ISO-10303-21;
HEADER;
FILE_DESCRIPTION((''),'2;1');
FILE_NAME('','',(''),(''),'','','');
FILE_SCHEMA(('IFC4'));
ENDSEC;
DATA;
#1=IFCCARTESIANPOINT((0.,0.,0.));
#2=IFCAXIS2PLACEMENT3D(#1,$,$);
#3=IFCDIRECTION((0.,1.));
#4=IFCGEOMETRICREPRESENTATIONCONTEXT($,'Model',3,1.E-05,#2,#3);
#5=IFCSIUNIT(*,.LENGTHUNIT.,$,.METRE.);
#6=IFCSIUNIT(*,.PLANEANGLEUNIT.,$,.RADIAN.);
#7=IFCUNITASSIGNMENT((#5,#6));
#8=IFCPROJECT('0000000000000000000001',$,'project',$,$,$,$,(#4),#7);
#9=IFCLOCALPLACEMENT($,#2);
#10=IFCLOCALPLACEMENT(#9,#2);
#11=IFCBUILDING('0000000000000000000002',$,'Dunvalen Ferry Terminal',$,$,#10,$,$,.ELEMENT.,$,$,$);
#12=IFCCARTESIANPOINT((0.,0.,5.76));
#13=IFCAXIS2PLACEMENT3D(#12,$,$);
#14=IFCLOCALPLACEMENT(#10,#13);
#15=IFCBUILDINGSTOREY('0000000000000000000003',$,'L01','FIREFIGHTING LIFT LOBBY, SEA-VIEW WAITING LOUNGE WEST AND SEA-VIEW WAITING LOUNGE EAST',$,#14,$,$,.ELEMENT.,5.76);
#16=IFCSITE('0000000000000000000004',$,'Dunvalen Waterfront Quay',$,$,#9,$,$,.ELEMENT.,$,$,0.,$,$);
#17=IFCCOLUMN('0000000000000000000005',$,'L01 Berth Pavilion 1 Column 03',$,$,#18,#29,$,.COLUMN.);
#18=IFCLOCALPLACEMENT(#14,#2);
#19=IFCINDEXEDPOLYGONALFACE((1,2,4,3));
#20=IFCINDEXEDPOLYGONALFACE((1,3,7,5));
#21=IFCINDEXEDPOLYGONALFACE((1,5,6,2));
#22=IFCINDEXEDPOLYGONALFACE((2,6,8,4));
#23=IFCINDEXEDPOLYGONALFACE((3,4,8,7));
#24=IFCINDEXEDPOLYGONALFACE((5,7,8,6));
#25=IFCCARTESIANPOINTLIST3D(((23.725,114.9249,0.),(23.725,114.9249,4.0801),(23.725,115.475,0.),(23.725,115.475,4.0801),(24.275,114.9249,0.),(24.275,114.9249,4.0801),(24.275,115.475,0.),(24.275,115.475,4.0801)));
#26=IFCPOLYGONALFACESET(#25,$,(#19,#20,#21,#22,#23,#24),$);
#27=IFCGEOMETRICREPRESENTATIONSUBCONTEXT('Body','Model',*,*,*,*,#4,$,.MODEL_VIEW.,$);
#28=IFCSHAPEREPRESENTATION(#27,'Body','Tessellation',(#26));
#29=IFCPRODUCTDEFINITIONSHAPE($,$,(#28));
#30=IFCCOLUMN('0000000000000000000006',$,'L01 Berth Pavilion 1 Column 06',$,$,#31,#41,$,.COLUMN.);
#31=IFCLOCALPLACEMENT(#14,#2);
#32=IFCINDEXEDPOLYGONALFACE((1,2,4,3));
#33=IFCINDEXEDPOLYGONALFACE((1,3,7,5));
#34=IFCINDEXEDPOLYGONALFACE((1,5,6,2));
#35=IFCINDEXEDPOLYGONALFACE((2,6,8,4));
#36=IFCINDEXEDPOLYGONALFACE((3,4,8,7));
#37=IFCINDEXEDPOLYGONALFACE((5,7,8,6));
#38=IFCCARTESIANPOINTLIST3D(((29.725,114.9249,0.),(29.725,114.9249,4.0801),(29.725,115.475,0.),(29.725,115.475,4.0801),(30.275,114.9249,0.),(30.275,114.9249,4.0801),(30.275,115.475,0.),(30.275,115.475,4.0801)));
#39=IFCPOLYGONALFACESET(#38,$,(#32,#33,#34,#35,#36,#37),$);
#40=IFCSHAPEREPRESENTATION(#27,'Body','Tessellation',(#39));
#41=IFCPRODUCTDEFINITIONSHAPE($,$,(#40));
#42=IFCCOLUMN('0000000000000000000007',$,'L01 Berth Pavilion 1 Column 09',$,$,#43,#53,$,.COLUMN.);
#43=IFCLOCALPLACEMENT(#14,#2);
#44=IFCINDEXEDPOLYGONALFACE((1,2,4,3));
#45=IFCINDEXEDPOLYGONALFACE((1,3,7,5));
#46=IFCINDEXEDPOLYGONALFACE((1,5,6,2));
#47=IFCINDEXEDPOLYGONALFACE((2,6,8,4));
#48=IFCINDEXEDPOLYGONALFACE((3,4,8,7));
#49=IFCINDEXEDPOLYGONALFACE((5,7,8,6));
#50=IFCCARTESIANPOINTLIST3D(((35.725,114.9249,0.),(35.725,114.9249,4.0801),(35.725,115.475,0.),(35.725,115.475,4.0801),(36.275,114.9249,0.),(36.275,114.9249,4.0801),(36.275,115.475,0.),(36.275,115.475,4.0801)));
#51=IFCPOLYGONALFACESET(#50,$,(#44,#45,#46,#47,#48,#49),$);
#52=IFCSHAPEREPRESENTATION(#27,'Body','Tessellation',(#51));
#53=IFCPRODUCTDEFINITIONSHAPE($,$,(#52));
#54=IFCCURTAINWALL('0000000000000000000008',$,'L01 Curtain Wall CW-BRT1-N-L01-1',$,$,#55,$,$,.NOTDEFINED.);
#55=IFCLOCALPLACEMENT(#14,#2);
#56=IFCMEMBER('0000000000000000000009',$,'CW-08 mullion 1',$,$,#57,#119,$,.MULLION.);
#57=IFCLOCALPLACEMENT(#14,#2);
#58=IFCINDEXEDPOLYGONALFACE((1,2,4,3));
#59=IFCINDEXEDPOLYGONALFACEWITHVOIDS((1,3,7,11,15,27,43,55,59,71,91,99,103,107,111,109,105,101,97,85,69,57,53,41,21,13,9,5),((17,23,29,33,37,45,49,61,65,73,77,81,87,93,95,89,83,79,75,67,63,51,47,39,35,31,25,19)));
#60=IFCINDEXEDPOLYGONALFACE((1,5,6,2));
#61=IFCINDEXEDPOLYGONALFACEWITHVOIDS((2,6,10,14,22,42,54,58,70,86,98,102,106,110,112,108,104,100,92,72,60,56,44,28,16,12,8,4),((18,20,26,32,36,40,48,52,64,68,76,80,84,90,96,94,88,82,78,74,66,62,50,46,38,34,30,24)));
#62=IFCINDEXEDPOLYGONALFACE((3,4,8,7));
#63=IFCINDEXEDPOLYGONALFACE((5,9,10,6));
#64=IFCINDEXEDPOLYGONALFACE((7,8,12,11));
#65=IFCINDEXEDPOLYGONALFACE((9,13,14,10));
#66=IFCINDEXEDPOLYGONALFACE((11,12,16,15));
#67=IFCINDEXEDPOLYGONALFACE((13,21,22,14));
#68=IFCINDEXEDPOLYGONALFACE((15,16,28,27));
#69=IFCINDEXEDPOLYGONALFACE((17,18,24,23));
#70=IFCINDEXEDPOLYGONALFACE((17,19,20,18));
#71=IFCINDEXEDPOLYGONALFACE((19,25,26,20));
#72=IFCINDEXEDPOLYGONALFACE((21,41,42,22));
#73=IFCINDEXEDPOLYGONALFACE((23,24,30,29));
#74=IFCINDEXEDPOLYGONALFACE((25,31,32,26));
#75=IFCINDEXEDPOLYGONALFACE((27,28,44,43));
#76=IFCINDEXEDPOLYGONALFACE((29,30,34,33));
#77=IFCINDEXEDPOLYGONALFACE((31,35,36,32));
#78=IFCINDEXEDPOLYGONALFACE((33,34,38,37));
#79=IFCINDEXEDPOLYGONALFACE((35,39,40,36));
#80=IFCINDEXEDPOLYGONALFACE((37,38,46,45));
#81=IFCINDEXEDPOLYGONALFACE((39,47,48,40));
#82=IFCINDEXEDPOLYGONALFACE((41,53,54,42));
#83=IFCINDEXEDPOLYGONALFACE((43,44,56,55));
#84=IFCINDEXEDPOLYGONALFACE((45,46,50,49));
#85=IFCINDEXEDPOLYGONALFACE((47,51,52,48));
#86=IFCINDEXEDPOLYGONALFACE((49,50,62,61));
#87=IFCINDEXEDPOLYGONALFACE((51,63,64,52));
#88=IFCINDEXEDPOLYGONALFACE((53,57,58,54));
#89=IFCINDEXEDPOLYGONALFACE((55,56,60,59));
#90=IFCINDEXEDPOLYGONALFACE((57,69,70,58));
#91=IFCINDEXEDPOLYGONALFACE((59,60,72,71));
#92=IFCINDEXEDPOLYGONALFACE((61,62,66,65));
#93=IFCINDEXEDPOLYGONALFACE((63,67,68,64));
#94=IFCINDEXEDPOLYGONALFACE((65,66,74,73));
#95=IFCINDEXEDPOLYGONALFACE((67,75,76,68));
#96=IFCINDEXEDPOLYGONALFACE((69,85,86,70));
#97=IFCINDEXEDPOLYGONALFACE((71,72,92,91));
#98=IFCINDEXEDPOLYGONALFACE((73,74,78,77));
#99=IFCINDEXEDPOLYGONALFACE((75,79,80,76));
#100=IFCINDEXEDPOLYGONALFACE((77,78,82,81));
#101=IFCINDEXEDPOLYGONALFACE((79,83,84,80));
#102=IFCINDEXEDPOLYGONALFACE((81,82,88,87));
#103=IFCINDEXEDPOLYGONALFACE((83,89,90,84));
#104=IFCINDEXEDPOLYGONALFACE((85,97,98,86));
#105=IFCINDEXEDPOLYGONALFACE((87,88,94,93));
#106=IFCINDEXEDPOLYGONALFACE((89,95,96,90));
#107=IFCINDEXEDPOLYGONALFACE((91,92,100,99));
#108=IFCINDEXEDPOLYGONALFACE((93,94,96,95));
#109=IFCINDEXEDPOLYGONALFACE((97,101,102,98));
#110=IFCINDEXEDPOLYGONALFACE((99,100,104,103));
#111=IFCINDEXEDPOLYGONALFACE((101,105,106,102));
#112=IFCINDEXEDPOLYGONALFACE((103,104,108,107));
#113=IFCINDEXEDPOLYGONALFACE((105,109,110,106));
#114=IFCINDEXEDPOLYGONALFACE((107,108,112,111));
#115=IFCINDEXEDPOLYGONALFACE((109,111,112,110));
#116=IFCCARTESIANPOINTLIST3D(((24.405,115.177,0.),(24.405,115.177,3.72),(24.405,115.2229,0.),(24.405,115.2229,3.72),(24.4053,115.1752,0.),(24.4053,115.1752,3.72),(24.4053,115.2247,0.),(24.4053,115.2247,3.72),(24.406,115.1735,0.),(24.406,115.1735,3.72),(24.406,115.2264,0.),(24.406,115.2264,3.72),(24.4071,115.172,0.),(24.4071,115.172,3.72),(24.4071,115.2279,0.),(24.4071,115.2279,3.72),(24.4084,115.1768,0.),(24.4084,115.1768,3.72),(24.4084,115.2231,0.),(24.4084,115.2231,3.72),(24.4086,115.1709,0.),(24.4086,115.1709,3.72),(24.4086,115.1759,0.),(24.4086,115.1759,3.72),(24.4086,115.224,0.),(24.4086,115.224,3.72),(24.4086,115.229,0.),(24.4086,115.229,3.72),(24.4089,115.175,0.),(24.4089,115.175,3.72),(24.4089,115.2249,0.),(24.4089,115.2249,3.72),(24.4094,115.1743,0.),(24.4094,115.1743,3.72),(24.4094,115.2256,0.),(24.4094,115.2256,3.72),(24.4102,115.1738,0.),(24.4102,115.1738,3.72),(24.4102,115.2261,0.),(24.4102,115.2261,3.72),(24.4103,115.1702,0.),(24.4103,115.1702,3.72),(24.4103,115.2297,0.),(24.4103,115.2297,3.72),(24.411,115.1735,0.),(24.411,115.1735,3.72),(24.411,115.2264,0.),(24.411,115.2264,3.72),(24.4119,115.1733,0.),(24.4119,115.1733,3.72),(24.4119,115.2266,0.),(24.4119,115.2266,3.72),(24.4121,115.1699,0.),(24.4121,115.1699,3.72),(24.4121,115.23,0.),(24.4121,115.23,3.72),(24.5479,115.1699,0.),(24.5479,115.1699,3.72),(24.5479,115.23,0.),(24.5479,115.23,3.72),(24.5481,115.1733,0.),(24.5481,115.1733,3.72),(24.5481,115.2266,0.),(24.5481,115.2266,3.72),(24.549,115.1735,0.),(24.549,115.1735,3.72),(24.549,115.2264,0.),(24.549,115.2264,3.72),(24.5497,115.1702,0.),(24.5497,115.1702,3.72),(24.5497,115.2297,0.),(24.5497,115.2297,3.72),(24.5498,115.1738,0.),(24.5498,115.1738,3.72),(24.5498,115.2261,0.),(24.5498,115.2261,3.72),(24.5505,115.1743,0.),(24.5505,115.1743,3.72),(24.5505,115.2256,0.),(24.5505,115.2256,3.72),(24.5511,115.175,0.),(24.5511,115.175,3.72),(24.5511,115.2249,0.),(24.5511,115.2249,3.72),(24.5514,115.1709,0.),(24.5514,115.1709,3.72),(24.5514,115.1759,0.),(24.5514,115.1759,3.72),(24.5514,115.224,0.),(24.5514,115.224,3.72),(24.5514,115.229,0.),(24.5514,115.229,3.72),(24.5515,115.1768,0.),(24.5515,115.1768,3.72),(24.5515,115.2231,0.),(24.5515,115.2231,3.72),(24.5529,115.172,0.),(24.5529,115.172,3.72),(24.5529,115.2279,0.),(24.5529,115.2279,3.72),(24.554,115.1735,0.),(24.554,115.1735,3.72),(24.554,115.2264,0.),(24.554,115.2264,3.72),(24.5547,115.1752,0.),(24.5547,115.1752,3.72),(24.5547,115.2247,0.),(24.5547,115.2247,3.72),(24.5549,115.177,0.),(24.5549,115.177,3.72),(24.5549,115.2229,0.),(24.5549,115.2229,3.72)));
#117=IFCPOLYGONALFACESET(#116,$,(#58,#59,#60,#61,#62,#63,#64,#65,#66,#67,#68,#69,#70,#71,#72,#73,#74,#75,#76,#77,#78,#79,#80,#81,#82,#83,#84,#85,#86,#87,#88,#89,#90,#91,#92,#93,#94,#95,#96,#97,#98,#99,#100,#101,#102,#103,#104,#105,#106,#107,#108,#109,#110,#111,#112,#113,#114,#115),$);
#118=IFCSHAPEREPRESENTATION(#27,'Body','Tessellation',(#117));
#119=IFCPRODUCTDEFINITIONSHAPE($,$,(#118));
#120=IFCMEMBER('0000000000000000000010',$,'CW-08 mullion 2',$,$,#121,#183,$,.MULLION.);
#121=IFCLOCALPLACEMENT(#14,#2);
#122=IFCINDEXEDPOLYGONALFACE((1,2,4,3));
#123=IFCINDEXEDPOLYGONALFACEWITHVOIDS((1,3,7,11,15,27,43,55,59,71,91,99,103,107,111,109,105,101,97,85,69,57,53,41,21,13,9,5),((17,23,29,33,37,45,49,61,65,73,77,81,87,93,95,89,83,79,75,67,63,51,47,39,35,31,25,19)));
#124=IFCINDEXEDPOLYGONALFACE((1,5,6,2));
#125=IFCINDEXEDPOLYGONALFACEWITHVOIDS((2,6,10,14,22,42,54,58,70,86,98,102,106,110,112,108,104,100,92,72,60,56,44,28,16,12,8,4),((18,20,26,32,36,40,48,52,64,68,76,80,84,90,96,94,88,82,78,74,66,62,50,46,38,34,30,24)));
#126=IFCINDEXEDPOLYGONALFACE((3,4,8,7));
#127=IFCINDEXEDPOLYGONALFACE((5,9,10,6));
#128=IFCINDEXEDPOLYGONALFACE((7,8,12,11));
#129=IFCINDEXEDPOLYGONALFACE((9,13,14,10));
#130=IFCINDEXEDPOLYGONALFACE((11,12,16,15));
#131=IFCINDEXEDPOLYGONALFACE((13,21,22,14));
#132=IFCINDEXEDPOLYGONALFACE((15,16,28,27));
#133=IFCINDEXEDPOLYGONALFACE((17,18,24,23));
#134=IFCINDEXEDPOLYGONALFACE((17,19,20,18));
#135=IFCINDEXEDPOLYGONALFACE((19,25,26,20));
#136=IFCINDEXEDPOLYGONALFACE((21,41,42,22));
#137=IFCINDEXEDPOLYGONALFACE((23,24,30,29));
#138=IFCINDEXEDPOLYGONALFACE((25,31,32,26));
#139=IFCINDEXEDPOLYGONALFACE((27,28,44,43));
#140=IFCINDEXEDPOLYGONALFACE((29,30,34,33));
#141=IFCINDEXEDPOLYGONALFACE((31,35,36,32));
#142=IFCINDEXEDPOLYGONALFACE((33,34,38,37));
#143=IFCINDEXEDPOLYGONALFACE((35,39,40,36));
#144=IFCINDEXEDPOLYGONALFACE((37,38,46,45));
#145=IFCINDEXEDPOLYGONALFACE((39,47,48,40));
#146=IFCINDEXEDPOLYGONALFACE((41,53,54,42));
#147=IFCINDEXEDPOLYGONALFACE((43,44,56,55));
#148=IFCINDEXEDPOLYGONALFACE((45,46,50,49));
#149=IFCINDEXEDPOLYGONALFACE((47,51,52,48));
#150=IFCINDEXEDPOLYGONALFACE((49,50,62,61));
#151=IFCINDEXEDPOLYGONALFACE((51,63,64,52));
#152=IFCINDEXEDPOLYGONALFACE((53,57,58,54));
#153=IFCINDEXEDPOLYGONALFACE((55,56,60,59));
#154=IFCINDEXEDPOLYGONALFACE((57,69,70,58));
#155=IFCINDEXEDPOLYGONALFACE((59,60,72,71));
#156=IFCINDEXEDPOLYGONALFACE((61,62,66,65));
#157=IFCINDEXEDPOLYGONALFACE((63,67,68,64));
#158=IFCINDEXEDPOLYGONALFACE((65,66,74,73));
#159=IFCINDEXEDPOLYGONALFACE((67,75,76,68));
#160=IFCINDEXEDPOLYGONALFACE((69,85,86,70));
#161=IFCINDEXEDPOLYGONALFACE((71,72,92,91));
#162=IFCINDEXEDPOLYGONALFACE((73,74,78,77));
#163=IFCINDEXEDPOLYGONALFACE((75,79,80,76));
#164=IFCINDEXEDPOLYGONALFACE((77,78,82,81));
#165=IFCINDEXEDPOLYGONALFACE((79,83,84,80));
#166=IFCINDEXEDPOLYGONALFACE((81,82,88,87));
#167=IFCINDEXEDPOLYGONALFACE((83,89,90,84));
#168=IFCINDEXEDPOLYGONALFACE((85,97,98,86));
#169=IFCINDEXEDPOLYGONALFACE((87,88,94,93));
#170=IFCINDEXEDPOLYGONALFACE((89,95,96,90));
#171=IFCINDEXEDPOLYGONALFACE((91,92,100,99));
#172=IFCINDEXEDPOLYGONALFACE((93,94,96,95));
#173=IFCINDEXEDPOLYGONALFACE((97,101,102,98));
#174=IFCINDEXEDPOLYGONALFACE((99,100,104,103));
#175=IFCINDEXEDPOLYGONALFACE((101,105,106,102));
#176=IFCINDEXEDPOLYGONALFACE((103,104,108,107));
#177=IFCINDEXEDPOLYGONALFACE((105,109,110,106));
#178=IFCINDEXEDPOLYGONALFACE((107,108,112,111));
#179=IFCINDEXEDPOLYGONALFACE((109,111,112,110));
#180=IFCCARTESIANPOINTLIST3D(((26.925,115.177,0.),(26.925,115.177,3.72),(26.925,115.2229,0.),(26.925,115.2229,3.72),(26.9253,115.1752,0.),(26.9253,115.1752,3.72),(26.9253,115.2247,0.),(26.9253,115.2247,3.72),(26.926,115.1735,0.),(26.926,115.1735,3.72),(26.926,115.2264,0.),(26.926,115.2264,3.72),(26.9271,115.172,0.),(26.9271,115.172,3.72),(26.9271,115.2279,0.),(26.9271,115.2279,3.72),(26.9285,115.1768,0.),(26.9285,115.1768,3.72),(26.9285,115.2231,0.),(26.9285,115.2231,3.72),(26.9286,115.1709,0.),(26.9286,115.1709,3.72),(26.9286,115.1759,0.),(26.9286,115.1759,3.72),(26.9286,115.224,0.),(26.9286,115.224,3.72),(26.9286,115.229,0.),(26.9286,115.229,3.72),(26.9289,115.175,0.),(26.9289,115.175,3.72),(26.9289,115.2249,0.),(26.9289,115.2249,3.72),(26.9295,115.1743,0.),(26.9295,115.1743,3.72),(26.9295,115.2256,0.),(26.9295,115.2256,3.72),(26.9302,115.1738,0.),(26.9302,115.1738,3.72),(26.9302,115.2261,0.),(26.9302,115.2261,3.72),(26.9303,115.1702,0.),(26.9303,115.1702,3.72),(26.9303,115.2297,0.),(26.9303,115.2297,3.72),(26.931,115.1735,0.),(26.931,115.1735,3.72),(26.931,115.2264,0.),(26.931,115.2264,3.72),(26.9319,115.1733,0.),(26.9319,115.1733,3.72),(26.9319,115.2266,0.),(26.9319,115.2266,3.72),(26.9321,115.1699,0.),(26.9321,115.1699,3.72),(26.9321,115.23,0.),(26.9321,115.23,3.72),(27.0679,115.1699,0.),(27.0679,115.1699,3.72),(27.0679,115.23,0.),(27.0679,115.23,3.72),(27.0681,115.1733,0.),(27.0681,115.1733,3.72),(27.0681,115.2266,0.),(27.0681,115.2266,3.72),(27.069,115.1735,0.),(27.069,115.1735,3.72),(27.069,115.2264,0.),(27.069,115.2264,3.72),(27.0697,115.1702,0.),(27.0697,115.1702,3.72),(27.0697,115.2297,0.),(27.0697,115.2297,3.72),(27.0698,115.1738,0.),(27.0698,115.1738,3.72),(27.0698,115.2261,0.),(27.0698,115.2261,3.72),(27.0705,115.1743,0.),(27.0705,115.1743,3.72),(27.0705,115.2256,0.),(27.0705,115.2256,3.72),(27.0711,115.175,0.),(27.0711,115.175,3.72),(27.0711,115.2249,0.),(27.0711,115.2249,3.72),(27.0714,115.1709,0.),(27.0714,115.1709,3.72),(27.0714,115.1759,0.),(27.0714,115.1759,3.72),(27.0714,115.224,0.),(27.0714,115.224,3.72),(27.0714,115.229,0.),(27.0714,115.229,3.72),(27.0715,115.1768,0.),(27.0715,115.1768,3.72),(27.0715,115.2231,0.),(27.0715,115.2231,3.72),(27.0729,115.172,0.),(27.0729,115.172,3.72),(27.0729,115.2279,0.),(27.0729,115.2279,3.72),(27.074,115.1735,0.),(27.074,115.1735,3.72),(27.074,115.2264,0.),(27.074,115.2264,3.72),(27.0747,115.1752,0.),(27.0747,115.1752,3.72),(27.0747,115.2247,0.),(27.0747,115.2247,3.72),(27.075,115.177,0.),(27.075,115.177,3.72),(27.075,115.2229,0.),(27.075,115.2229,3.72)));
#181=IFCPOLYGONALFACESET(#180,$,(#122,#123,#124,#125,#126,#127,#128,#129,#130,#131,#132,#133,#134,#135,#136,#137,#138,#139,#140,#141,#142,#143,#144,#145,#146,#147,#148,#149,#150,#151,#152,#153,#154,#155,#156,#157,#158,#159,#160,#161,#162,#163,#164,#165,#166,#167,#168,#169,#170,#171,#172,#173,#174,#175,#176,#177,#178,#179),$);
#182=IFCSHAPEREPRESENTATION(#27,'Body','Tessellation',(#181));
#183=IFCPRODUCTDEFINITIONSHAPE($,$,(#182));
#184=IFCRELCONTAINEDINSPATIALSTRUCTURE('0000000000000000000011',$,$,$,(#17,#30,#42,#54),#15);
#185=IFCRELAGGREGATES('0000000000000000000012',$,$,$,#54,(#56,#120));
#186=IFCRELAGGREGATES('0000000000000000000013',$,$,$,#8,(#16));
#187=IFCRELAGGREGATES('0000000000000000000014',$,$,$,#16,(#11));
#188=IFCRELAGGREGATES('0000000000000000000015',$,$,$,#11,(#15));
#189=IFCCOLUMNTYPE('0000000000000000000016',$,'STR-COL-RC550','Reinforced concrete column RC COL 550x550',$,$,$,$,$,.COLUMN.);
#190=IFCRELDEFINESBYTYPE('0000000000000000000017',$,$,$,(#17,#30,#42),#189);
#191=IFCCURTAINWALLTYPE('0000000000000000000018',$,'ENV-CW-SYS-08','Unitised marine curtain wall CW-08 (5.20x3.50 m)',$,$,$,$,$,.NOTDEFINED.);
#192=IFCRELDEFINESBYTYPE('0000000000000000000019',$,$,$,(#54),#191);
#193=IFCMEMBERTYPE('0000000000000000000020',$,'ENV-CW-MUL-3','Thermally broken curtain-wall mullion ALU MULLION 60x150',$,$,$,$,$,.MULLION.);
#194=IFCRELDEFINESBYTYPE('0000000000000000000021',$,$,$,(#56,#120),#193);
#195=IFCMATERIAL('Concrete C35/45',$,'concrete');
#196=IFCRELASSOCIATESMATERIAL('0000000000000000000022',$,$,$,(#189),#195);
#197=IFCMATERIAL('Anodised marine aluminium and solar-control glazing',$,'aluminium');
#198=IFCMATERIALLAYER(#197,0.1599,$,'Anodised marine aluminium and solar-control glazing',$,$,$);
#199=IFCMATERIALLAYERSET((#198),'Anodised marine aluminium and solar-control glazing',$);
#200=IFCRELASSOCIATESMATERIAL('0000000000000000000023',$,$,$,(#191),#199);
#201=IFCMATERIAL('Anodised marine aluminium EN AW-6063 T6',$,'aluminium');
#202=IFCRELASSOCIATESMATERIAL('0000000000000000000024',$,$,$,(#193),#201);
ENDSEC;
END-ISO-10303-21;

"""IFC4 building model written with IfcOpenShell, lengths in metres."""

from ifc_helpers import new_model, si_unit, direction, frame, origin, origin_2d, place, context, subcontext, project, spatial, rectangle, hollow_rectangle, extrude, material, layer, layer_set, material_profile, profile_set, type_object, element, aggregate, save


model = new_model("IFC4")

# Units and contexts
model_context = context("Model", 3, precision=1e-05, world=origin(), true_north=direction((0.0, 1.0)))
body_context = subcontext(model_context, "Body", "Model", "MODEL_VIEW")
ifc_project = project(units=[si_unit("LENGTHUNIT", "METRE"), si_unit("PLANEANGLEUNIT", "RADIAN")], contexts=[model_context])

# Site, building, storey
site_placement = place(None, origin())
site = spatial("IfcSite", under=ifc_project, at=site_placement, Name="Dunvalen Waterfront Quay", CompositionType="ELEMENT", RefElevation=0.0)
building_placement = place(site_placement, origin())
building = spatial("IfcBuilding", under=site, at=building_placement, Name="Dunvalen Ferry Terminal", CompositionType="ELEMENT")
storey_placement = place(building_placement, frame((0.0, 0.0, 5.76)))
storey = spatial("IfcBuildingStorey", under=building, at=storey_placement, Name="L01", Description="FIREFIGHTING LIFT LOBBY, SEA-VIEW WAITING LOUNGE WEST AND SEA-VIEW WAITING LOUNGE EAST", CompositionType="ELEMENT", Elevation=5.76)

# Columns
ifc_material_1 = material(Name="Concrete C35/45", Category="concrete")
ifc_material_profile_1 = material_profile(ifc_material_1, rectangle(XDim=0.55, YDim=0.55, at=origin_2d()), Name="Concrete C35/45")
ifc_profile_set_1 = profile_set([ifc_material_profile_1], Name="Concrete C35/45")
column_type = type_object("IfcColumnType", Name="STR-COL-RC550", Description="Reinforced concrete column RC COL 550x550", PredefinedType="COLUMN", material=ifc_profile_set_1)
for number, where, z_axis, x_axis, name in (
    (1, (24.0, 115.2, 0.0), (0.0, 0.0, 1.0), (1.0, 0.0, 0.0), "L01 Berth Pavilion 1 Column 03"),
    (2, (30.0, 115.2, 0.0), (0.0, 0.0, 1.0), (1.0, 0.0, 0.0), "L01 Berth Pavilion 1 Column 06"),
    (3, (36.0, 115.2, 0.0), (0.0, 0.0, 1.0), (1.0, 0.0, 0.0), "L01 Berth Pavilion 1 Column 09"),
):
    element("IfcColumn", number, at=place(storey_placement, frame(where, z_axis=z_axis, x_axis=x_axis)), inside=storey, type_object=column_type, Name=name, PredefinedType="COLUMN", context=body_context, shape_type="SweptSolid", body=[
        extrude(rectangle(XDim=0.55, YDim=0.55, at=origin_2d()), origin(), (0.0, 0.0, 1.0), 4.0801),
    ])

# Curtain wall, members
ifc_material_2 = material(Name="Anodised marine aluminium and solar-control glazing", Category="aluminium")
ifc_layer_1 = layer(ifc_material_2, 0.1599, Name="Anodised marine aluminium and solar-control glazing")
ifc_layer_set_1 = layer_set([ifc_layer_1], Name="Anodised marine aluminium and solar-control glazing")
curtain_wall_type = type_object("IfcCurtainWallType", Name="ENV-CW-SYS-08", Description="Unitised marine curtain wall CW-08 (5.20x3.50 m)", PredefinedType="NOTDEFINED", material=ifc_layer_set_1)
curtain_wall_1_placement = place(storey_placement, origin())
curtain_wall_1 = element("IfcCurtainWall", 4, at=curtain_wall_1_placement, inside=storey, type_object=curtain_wall_type, Name="L01 Curtain Wall CW-BRT1-N-L01-1", PredefinedType="NOTDEFINED")
ifc_material_3 = material(Name="Anodised marine aluminium EN AW-6063 T6", Category="aluminium")
ifc_material_profile_2 = material_profile(ifc_material_3, hollow_rectangle(XDim=0.0601, YDim=0.1499, WallThickness=0.0034, InnerFilletRadius=0.0034, OuterFilletRadius=0.0071, at=origin_2d()), Name="Anodised marine aluminium EN AW-6063 T6")
ifc_profile_set_2 = profile_set([ifc_material_profile_2], Name="Anodised marine aluminium EN AW-6063 T6")
member_type_1 = type_object("IfcMemberType", Name="ENV-CW-MUL-3", Description="Thermally broken curtain-wall mullion ALU MULLION 60x150", PredefinedType="MULLION", material=ifc_profile_set_2)
member_1_placement = place(storey_placement, frame((24.48, 115.2, 0.0), z_axis=(0.0, 0.0, 1.0), x_axis=(0.0, 1.0, 0.0)))
member_1 = element("IfcMember", 5, at=member_1_placement, type_object=member_type_1, Name="CW-08 mullion 1", PredefinedType="MULLION", context=body_context, shape_type="SweptSolid", body=[
    extrude(hollow_rectangle(XDim=0.0601, YDim=0.1499, WallThickness=0.0034, InnerFilletRadius=0.0034, OuterFilletRadius=0.0071, at=origin_2d()), origin(), (0.0, 0.0, 1.0), 3.72),
])
member_2_placement = place(storey_placement, frame((27.0, 115.2, 0.0), z_axis=(0.0, 0.0, 1.0), x_axis=(0.0, 1.0, 0.0)))
member_2 = element("IfcMember", 6, at=member_2_placement, type_object=member_type_1, Name="CW-08 mullion 2", PredefinedType="MULLION", context=body_context, shape_type="SweptSolid", body=[
    extrude(hollow_rectangle(XDim=0.0601, YDim=0.1499, WallThickness=0.0034, InnerFilletRadius=0.0034, OuterFilletRadius=0.0071, at=origin_2d()), origin(), (0.0, 0.0, 1.0), 3.72),
])

aggregate(curtain_wall_1, [member_1, member_2])

save(model, "model.ifc")
